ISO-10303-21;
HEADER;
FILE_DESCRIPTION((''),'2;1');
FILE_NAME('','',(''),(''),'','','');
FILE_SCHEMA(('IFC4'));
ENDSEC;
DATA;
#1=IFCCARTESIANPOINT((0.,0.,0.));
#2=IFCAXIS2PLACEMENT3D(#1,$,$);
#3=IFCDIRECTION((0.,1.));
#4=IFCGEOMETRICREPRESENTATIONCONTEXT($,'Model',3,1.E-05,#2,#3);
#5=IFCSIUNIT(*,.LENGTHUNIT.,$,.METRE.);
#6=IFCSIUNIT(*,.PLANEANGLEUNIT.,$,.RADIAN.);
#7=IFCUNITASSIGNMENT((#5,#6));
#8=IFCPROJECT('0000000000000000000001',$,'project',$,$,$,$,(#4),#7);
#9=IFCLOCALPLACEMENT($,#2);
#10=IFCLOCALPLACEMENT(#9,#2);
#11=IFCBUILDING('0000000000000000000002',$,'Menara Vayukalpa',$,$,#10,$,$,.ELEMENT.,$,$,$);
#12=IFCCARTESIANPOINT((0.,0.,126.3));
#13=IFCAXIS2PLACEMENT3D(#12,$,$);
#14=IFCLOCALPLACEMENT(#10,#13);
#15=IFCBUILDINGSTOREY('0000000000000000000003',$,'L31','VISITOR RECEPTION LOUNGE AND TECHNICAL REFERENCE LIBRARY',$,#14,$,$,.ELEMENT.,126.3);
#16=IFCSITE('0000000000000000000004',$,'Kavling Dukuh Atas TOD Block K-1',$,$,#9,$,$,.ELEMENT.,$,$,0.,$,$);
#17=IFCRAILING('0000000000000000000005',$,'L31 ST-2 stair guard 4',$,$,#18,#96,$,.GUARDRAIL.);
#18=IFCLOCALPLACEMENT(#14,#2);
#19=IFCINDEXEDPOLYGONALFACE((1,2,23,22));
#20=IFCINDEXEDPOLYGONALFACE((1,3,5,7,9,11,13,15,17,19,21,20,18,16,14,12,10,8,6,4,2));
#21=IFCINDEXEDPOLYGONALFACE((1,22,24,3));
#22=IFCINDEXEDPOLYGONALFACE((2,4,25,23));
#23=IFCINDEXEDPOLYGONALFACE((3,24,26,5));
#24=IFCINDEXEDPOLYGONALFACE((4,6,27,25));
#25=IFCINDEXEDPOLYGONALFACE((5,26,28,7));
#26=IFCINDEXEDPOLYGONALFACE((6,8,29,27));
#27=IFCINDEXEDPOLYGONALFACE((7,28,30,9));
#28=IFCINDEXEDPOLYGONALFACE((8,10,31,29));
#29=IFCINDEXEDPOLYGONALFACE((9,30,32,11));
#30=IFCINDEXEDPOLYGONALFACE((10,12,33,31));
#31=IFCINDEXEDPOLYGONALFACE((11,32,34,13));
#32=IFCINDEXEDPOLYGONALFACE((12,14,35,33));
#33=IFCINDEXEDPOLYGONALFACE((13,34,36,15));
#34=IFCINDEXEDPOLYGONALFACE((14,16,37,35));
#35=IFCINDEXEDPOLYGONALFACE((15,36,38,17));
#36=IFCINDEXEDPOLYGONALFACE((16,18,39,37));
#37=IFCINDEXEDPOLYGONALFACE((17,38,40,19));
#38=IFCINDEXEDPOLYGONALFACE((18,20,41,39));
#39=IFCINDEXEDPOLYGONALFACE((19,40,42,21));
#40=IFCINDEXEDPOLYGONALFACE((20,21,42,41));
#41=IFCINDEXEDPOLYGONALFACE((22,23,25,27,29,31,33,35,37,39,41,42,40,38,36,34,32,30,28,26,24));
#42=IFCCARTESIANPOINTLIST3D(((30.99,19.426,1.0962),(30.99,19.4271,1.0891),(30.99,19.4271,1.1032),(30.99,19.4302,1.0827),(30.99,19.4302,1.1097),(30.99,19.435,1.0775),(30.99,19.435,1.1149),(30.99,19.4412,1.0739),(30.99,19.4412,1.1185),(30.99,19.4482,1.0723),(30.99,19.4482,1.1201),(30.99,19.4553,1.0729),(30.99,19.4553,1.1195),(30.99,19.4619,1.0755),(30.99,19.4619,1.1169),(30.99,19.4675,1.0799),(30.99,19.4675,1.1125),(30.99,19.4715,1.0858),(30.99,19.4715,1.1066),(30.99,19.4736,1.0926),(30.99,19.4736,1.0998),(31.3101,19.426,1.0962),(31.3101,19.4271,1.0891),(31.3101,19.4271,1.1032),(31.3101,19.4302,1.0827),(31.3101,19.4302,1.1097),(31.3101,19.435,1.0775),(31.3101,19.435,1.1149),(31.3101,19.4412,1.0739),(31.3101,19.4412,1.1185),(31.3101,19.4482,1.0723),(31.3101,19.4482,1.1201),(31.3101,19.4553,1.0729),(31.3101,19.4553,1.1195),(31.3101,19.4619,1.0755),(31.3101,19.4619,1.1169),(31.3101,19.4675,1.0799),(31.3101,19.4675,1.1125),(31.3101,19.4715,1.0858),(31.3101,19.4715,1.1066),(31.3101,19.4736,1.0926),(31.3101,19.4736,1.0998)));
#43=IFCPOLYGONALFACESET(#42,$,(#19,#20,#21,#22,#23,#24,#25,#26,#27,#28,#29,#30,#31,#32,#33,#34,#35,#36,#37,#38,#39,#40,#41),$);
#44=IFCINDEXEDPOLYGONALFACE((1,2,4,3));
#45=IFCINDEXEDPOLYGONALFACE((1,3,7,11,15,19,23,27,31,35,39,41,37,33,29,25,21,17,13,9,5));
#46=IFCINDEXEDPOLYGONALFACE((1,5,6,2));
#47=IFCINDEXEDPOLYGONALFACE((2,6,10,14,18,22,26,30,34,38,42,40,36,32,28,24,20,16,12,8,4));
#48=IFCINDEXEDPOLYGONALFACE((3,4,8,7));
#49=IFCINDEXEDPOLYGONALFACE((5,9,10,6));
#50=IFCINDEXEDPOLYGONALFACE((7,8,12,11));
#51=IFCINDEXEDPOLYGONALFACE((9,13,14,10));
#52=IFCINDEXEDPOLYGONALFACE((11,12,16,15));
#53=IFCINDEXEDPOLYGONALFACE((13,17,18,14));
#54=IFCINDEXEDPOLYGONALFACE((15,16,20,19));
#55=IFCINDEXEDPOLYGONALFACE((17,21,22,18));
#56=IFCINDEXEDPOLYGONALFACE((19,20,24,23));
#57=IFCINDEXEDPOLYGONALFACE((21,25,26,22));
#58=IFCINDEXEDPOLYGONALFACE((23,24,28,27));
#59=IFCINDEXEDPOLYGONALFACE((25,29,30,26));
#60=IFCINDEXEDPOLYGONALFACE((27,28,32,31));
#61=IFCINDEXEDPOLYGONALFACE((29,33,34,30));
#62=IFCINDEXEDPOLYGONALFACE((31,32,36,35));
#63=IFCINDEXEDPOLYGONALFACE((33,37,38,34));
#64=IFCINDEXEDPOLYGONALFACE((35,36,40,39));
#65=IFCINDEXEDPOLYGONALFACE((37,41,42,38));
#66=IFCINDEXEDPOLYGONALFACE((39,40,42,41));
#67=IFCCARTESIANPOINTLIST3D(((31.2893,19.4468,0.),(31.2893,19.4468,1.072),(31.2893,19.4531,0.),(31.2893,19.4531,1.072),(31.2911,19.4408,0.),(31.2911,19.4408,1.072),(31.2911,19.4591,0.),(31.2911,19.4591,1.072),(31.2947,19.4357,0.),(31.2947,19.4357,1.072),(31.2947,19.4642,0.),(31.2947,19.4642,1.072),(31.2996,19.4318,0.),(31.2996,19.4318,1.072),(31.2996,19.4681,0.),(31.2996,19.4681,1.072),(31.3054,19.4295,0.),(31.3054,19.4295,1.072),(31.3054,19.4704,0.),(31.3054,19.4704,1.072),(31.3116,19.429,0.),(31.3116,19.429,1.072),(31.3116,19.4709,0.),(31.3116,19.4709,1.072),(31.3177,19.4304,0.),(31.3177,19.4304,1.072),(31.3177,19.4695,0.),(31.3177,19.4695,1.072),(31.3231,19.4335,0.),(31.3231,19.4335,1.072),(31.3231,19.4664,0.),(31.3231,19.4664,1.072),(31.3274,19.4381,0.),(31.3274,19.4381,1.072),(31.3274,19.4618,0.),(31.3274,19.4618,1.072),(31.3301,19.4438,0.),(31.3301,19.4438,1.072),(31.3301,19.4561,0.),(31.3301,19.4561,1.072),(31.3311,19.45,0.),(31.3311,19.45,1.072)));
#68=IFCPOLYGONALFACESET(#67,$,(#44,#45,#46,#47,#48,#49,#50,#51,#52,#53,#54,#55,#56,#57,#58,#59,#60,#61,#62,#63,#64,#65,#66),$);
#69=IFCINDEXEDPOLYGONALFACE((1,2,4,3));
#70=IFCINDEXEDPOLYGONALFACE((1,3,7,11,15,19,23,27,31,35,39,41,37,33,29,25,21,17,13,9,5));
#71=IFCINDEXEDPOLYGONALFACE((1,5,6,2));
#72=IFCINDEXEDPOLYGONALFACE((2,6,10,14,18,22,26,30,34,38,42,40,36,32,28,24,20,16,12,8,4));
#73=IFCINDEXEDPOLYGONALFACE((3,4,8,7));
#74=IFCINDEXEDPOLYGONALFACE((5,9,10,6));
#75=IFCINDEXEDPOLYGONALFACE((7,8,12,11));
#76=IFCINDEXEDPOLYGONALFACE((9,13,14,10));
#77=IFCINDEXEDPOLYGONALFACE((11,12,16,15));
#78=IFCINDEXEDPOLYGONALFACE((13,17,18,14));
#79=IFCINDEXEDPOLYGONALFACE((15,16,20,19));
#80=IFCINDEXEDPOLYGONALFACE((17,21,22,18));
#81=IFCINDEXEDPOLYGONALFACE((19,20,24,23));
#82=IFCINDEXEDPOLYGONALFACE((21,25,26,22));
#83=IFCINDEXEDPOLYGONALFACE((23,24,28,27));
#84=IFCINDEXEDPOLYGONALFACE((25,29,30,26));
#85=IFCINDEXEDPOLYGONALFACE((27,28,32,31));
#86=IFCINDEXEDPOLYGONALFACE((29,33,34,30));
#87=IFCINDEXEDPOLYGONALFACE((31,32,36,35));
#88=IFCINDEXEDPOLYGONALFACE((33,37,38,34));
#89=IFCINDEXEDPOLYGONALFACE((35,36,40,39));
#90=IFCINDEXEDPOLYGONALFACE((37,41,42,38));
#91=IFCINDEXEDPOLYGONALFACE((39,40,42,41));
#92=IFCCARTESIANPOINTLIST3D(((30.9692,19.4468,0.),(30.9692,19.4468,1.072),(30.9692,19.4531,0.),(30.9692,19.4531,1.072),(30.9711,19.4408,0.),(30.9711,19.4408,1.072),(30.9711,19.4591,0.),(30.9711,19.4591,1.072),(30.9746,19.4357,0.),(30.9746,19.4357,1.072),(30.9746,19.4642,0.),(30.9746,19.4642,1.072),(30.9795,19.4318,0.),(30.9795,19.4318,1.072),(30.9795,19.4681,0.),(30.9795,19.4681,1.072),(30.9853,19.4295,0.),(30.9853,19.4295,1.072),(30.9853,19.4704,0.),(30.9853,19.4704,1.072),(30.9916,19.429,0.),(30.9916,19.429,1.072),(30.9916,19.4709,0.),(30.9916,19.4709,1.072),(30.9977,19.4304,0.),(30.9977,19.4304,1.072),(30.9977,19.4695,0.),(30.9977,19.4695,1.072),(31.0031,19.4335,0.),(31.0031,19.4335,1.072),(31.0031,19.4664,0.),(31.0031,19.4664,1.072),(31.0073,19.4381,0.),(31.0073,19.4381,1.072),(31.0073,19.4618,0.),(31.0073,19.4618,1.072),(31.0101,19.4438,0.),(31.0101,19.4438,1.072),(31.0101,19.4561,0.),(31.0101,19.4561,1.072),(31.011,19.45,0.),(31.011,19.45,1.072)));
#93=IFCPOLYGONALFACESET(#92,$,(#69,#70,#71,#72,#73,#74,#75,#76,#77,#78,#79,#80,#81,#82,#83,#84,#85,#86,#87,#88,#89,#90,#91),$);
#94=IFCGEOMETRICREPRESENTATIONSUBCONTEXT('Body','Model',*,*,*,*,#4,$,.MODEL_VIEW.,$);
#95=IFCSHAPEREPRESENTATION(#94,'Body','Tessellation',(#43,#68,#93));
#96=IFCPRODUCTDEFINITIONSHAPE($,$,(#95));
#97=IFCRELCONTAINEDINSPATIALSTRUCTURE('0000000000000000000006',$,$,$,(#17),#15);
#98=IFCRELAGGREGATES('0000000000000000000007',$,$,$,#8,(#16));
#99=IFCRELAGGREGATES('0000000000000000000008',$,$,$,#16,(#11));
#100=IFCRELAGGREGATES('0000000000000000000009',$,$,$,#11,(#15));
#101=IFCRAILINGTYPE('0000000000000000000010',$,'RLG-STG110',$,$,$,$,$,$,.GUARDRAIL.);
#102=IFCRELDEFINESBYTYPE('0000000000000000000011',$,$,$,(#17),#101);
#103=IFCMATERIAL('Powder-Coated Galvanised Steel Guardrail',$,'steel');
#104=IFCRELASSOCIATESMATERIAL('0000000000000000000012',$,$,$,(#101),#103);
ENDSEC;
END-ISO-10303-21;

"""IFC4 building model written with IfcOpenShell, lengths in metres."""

from ifc_helpers import new_model, si_unit, direction, frame, origin, origin_2d, place, context, subcontext, project, spatial, circle, extrude, material, type_object, element, save


model = new_model("IFC4")

# Units and contexts
model_context = context("Model", 3, precision=1e-05, world=origin(), true_north=direction((0.0, 1.0)))
body_context = subcontext(model_context, "Body", "Model", "MODEL_VIEW")
ifc_project = project(units=[si_unit("LENGTHUNIT", "METRE"), si_unit("PLANEANGLEUNIT", "RADIAN")], contexts=[model_context])

# Site, building, storey
site_placement = place(None, origin())
site = spatial("IfcSite", under=ifc_project, at=site_placement, Name="Kavling Dukuh Atas TOD Block K-1", CompositionType="ELEMENT", RefElevation=0.0)
building_placement = place(site_placement, origin())
building = spatial("IfcBuilding", under=site, at=building_placement, Name="Menara Vayukalpa", CompositionType="ELEMENT")
storey_placement = place(building_placement, frame((0.0, 0.0, 126.3)))
storey = spatial("IfcBuildingStorey", under=building, at=storey_placement, Name="L31", Description="VISITOR RECEPTION LOUNGE AND TECHNICAL REFERENCE LIBRARY", CompositionType="ELEMENT", Elevation=126.3)

# Railing
ifc_material_1 = material(Name="Powder-Coated Galvanised Steel Guardrail", Category="steel")
railing_type_1 = type_object("IfcRailingType", Name="RLG-STG110", PredefinedType="GUARDRAIL", material=ifc_material_1)
railing_1_placement = place(storey_placement, frame((31.3101, 19.45, 0.0)))
element("IfcRailing", 1, at=railing_1_placement, inside=storey, type_object=railing_type_1, Name="L31 ST-2 stair guard 4", PredefinedType="GUARDRAIL", context=body_context, shape_type="SweptSolid", body=[
    extrude(circle(Radius=0.0239, at=origin_2d()), frame((0.0, 0.0, 1.0962), z_axis=(-1.0, 0.0, 0.0), x_axis=(0.0, -1.0, 0.0)), (0.0, 0.0, 1.0), 0.3201),
    extrude(circle(Radius=0.021, at=origin_2d()), origin(), (0.0, 0.0, 1.0), 1.072),
    extrude(circle(Radius=0.021, at=origin_2d()), frame((-0.3201, 0.0, 0.0)), (0.0, 0.0, 1.0), 1.072),
])

save(model, "model.ifc")
